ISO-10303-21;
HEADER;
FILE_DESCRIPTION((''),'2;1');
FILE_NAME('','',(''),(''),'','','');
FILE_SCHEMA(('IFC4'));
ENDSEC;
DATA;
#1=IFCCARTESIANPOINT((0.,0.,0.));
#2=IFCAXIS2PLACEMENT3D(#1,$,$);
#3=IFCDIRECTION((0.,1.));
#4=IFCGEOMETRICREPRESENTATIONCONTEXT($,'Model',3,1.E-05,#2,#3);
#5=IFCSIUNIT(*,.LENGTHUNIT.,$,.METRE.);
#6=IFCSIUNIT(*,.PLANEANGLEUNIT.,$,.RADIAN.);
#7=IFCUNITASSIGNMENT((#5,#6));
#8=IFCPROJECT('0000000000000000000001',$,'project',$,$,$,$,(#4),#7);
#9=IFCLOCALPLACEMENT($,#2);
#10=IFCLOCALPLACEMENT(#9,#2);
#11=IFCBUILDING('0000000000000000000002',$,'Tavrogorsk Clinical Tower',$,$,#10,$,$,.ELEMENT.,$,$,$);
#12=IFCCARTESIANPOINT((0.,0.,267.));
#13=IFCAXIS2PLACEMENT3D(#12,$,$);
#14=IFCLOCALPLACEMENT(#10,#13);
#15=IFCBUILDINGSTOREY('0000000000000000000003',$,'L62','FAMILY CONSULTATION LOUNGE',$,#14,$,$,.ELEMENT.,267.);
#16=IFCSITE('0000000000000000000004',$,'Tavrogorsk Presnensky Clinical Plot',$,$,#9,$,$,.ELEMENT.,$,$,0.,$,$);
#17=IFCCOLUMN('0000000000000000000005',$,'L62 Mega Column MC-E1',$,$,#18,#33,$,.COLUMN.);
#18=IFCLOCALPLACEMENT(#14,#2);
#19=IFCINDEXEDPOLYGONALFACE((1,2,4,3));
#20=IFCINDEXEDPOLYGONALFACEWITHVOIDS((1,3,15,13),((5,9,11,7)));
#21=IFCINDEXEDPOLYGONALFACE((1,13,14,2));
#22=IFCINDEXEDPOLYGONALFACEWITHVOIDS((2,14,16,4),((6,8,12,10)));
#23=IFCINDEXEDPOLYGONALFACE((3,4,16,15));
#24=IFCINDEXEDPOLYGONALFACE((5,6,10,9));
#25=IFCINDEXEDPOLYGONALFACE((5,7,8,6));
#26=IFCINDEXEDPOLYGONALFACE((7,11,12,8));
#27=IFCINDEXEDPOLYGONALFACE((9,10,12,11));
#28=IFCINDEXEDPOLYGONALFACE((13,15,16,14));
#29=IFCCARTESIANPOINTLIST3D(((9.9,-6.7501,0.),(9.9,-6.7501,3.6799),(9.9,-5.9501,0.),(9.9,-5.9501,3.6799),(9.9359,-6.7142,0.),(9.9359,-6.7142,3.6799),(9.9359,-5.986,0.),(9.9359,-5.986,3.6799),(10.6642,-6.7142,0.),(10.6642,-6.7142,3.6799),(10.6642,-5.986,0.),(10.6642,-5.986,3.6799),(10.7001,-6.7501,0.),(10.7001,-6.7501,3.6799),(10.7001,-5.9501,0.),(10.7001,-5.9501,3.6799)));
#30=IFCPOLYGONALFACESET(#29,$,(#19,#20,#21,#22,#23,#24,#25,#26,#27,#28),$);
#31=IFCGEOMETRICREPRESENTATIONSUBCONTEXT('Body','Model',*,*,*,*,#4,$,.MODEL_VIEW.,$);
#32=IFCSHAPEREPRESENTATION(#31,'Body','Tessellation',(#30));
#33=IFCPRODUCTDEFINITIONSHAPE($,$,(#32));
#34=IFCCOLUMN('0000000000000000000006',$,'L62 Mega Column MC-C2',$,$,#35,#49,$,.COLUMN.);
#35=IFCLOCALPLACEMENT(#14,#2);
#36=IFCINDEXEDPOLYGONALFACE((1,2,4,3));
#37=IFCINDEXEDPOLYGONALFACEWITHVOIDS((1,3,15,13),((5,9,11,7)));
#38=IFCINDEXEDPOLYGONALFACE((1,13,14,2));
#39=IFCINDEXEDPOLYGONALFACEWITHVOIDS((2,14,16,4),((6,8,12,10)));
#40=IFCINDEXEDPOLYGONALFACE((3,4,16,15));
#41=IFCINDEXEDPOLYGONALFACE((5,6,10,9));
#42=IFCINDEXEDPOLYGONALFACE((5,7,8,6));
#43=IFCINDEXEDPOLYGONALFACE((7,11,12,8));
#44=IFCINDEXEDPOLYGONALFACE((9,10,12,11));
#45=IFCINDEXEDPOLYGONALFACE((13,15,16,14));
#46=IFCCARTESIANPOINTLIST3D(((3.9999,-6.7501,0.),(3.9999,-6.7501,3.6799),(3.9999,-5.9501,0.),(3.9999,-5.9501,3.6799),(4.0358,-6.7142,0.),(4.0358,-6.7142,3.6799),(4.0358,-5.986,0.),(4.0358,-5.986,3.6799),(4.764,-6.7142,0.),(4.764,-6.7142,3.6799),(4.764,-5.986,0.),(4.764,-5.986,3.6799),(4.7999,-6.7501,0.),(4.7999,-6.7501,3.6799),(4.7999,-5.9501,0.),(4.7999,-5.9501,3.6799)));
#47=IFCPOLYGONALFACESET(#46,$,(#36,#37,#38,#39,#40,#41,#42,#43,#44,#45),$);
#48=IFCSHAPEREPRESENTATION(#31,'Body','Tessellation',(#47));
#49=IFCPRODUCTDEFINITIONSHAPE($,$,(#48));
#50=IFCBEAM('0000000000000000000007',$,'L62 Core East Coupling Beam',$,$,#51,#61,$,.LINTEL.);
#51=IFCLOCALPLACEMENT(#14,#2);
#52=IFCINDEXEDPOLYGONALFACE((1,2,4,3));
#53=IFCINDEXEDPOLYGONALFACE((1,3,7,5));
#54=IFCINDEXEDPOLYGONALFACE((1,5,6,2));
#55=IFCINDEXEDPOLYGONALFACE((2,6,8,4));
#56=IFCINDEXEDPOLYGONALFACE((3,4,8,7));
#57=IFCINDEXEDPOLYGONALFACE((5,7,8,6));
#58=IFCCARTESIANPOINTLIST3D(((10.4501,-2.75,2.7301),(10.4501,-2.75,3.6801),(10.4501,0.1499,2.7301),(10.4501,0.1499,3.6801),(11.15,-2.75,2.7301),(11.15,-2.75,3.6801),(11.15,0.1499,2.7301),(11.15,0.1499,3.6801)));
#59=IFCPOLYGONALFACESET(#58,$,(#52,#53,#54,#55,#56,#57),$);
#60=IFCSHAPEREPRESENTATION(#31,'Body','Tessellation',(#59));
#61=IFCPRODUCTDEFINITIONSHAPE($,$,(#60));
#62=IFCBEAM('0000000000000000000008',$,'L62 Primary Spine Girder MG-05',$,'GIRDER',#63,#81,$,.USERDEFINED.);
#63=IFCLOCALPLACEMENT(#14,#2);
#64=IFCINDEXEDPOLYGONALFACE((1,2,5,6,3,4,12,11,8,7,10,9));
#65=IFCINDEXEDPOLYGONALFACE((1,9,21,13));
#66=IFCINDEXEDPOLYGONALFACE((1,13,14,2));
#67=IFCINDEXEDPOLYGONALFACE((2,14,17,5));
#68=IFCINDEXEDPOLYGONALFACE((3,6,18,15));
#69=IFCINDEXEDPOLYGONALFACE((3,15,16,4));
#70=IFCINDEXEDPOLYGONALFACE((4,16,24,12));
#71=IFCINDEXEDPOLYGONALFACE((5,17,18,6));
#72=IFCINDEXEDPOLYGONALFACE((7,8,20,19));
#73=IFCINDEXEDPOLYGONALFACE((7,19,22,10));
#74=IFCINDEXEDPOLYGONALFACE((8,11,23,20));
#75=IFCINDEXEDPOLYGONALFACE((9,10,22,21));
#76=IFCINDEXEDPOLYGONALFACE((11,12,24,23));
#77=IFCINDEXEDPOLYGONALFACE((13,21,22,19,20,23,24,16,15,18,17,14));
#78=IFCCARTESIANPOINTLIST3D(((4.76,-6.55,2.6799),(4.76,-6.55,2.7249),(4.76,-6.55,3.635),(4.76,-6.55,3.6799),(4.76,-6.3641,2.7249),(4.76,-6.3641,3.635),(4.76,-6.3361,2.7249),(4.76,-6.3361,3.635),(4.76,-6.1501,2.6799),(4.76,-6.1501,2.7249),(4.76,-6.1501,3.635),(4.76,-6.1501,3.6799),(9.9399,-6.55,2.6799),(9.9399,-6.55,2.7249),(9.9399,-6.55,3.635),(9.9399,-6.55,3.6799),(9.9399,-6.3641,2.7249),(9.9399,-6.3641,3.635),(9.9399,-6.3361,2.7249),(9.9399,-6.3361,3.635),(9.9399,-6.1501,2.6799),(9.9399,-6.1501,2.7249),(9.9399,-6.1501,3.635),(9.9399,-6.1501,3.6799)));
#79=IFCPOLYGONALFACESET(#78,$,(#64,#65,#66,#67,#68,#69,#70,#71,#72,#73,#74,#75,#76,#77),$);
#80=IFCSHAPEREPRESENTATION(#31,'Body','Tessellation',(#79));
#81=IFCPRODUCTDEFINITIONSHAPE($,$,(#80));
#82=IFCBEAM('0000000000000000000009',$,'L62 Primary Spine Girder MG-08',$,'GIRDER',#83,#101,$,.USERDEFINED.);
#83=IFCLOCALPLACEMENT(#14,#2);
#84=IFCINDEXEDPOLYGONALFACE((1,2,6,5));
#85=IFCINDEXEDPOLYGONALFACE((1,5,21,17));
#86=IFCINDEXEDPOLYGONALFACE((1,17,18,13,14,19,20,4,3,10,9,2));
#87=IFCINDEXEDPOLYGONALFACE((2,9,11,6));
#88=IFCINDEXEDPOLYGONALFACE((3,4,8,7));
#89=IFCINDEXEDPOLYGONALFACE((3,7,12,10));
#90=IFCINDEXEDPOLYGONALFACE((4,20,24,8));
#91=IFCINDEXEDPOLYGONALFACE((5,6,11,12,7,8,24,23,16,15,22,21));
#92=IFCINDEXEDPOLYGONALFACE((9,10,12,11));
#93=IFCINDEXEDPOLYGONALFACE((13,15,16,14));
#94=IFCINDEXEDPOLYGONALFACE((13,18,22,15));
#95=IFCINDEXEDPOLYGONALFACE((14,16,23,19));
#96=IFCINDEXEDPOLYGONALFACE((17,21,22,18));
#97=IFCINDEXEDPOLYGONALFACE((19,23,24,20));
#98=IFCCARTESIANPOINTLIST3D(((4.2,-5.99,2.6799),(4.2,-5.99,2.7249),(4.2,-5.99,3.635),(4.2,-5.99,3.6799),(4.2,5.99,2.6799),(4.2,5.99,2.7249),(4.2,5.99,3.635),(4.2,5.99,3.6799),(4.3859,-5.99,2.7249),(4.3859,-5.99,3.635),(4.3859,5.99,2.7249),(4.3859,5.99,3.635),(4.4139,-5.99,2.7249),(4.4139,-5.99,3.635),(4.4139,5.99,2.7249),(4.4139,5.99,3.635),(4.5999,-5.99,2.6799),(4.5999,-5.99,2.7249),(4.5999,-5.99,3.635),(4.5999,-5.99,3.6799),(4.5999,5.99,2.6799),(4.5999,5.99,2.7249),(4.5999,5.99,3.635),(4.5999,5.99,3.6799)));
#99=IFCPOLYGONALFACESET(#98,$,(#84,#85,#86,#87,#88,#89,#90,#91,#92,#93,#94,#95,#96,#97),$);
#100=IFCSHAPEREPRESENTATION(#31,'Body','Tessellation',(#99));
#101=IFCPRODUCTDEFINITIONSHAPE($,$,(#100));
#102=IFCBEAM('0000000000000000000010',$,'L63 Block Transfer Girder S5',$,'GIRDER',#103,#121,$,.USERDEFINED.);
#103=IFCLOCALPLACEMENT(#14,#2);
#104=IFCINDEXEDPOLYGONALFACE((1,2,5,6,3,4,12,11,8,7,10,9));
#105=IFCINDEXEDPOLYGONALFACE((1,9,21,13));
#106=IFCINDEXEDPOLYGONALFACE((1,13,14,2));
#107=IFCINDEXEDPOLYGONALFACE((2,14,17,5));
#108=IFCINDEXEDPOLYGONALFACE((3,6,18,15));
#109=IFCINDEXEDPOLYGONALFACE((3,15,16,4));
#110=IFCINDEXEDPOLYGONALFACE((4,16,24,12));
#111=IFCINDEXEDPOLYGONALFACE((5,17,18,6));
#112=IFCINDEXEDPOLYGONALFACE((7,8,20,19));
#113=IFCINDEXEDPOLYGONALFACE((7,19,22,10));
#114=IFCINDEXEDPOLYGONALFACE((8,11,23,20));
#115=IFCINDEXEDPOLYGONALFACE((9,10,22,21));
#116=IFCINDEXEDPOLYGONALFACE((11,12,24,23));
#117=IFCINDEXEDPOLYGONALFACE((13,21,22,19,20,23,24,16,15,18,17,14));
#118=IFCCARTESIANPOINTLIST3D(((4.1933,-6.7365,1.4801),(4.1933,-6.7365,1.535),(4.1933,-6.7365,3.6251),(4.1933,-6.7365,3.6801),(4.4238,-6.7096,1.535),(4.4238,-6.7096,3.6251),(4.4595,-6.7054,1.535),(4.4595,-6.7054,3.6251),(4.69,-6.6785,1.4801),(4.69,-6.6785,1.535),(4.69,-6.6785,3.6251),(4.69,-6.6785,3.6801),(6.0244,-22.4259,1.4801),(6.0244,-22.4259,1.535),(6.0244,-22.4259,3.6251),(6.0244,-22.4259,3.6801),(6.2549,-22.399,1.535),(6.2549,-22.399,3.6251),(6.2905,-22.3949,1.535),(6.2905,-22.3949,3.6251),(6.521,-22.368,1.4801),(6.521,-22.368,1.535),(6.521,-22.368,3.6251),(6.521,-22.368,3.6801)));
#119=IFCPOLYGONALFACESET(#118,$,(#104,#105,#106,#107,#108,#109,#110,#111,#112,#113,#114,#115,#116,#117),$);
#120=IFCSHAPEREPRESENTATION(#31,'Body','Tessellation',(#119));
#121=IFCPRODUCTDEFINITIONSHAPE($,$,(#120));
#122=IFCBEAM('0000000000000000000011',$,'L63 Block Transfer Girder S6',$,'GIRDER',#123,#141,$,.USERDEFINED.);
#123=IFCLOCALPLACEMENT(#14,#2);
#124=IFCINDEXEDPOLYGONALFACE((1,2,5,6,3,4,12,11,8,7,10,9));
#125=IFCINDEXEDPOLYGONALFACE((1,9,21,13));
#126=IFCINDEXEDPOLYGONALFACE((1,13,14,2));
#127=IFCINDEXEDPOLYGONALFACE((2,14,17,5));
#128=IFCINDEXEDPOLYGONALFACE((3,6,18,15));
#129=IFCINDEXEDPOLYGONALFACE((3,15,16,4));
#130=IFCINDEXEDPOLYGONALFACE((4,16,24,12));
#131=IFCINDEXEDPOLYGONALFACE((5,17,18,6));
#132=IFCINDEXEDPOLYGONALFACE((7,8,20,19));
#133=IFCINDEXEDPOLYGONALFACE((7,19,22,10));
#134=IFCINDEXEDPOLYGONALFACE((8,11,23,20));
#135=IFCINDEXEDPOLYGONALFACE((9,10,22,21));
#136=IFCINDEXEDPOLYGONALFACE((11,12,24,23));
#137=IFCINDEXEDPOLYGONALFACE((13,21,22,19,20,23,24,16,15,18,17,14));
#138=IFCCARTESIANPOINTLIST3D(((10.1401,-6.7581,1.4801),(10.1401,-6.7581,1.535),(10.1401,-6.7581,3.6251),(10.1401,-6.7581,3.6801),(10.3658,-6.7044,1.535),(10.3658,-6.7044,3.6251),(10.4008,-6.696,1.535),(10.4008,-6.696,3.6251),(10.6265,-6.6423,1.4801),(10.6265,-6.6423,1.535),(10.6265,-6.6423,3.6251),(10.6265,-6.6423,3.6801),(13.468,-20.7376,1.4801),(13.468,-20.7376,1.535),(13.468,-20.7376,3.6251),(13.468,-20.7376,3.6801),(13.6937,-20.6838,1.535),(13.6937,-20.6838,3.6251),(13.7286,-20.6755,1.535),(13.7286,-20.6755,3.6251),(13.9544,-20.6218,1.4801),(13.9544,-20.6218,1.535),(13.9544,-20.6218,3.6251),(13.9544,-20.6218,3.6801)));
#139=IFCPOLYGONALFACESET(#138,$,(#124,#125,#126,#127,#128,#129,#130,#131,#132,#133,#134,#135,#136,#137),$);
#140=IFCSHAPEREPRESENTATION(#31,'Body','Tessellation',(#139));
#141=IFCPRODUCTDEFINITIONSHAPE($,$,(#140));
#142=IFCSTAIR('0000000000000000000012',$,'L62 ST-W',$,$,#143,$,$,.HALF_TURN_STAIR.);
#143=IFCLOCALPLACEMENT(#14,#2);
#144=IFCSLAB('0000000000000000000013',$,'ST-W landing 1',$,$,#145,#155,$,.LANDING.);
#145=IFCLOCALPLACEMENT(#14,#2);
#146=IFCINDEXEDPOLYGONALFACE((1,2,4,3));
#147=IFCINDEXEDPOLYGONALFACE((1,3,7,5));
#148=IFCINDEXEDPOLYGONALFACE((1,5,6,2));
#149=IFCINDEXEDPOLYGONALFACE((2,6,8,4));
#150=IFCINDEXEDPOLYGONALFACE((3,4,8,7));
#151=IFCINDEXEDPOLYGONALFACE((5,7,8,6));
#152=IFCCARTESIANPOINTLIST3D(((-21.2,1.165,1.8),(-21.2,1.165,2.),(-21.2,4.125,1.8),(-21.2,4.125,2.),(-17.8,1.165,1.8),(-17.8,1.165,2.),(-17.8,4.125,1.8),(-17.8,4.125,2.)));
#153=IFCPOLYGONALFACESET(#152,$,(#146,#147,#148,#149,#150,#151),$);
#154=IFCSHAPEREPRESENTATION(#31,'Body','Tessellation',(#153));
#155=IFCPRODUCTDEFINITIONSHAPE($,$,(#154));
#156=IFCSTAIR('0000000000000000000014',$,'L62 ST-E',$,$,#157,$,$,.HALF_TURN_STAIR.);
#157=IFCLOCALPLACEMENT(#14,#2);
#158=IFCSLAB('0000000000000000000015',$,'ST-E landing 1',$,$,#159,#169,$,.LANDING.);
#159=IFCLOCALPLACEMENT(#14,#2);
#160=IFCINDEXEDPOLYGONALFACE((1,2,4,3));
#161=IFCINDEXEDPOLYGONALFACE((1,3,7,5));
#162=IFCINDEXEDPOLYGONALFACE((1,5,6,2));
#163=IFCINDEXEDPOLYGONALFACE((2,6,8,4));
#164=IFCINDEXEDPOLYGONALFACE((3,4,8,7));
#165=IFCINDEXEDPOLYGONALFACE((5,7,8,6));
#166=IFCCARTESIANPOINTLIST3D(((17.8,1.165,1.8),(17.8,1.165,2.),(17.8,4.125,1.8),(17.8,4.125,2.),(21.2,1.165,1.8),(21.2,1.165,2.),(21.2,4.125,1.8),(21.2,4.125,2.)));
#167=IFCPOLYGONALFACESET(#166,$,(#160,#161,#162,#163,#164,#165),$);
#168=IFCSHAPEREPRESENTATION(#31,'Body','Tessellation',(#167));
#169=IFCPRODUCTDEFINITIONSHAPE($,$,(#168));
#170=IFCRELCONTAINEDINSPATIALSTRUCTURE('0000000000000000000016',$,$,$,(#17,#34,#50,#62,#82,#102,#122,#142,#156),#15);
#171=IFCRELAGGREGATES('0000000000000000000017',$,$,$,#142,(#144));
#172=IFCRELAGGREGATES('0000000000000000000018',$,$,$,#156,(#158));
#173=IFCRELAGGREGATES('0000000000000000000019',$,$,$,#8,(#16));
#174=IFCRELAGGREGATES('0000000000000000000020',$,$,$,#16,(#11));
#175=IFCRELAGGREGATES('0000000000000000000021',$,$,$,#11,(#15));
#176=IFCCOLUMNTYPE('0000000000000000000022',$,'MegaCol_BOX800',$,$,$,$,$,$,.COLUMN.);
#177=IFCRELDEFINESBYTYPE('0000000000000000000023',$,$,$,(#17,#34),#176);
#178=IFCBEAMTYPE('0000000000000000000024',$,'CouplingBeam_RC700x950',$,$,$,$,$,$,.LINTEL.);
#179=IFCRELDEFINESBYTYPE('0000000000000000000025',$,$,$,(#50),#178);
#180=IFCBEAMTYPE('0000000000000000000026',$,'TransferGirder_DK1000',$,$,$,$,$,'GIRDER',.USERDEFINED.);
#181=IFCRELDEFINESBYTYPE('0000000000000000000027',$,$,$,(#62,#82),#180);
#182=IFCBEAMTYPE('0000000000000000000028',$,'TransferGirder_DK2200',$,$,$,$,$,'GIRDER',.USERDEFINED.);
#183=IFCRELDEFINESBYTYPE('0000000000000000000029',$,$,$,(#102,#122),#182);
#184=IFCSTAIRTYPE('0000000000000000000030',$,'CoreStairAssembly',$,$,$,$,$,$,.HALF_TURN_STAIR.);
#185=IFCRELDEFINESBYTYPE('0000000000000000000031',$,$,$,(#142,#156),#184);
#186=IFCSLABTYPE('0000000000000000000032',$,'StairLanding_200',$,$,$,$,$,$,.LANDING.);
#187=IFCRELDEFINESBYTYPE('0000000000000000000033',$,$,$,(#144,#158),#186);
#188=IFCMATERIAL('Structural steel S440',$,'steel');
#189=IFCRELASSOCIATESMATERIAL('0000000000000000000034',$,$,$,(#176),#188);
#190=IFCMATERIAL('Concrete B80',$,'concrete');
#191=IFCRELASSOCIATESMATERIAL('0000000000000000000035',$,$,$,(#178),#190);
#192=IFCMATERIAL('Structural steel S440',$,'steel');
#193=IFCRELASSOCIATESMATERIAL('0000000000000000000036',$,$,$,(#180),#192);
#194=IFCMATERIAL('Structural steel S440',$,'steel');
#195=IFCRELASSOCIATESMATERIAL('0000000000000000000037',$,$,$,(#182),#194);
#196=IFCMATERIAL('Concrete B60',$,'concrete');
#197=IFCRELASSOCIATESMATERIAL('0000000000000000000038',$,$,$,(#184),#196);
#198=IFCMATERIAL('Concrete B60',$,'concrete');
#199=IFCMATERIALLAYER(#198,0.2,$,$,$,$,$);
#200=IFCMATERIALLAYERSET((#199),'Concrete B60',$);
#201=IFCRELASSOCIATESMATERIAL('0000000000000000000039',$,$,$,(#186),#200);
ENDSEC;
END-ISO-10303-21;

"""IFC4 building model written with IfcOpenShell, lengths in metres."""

from ifc_helpers import new_model, si_unit, direction, frame, origin, origin_2d, place, context, subcontext, project, spatial, polyline, rectangle, hollow_rectangle, i_section, outline, extrude, material, layer, layer_set, material_profile, profile_set, type_object, element, aggregate, save


model = new_model("IFC4")

# Units and contexts
model_context = context("Model", 3, precision=1e-05, world=origin(), true_north=direction((0.0, 1.0)))
body_context = subcontext(model_context, "Body", "Model", "MODEL_VIEW")
ifc_project = project(units=[si_unit("LENGTHUNIT", "METRE"), si_unit("PLANEANGLEUNIT", "RADIAN")], contexts=[model_context])

# Site, building, storey
site_placement = place(None, origin())
site = spatial("IfcSite", under=ifc_project, at=site_placement, Name="Tavrogorsk Presnensky Clinical Plot", CompositionType="ELEMENT", RefElevation=0.0)
building_placement = place(site_placement, origin())
building = spatial("IfcBuilding", under=site, at=building_placement, Name="Tavrogorsk Clinical Tower", CompositionType="ELEMENT")
storey_placement = place(building_placement, frame((0.0, 0.0, 267.0)))
storey = spatial("IfcBuildingStorey", under=building, at=storey_placement, Name="L62", Description="FAMILY CONSULTATION LOUNGE", CompositionType="ELEMENT", Elevation=267.0)

# Columns
ifc_material_1 = material(Name="Structural steel S440", Category="steel")
ifc_material_profile_1 = material_profile(ifc_material_1, hollow_rectangle(XDim=0.8, YDim=0.8, WallThickness=0.0359, at=origin_2d()), Name="BOX-800x800x36")
ifc_profile_set_1 = profile_set([ifc_material_profile_1], Name="Structural steel S440")
column_type = type_object("IfcColumnType", Name="MegaCol_BOX800", PredefinedType="COLUMN", material=ifc_profile_set_1)
for number, where, z_axis, x_axis, name in (
    (1, (10.3, -6.3501, 0.0), (0.0, 0.0, 1.0), (1.0, 0.0, 0.0), "L62 Mega Column MC-E1"),
    (2, (4.3999, -6.3501, 0.0), (0.0, 0.0, 1.0), (1.0, 0.0, 0.0), "L62 Mega Column MC-C2"),
):
    element("IfcColumn", number, at=place(storey_placement, frame(where, z_axis=z_axis, x_axis=x_axis)), inside=storey, type_object=column_type, Name=name, PredefinedType="COLUMN", context=body_context, shape_type="SweptSolid", body=[
        extrude(hollow_rectangle(XDim=0.8, YDim=0.8, WallThickness=0.0359, at=origin_2d()), origin(), (0.0, 0.0, 1.0), 3.6799),
    ])

# Beams
ifc_material_2 = material(Name="Concrete B80", Category="concrete")
ifc_material_profile_2 = material_profile(ifc_material_2, rectangle(XDim=0.7, YDim=0.95, at=origin_2d()), Name="RC-CB-700x950")
ifc_profile_set_2 = profile_set([ifc_material_profile_2], Name="Concrete B80")
beam_type_1 = type_object("IfcBeamType", Name="CouplingBeam_RC700x950", PredefinedType="LINTEL", material=ifc_profile_set_2)
beam_1_placement = place(storey_placement, frame((10.8, -2.75, 3.2051), z_axis=(0.0, 1.0, 0.0), x_axis=(-1.0, 0.0, 0.0)))
element("IfcBeam", 3, at=beam_1_placement, inside=storey, type_object=beam_type_1, Name="L62 Core East Coupling Beam", PredefinedType="LINTEL", context=body_context, shape_type="SweptSolid", body=[
    extrude(rectangle(XDim=0.7, YDim=0.95, at=origin_2d()), origin(), (0.0, 0.0, 1.0), 2.8999),
])
ifc_material_3 = material(Name="Structural steel S440", Category="steel")
ifc_material_profile_3 = material_profile(ifc_material_3, i_section(OverallWidth=0.3999, OverallDepth=1.0, WebThickness=0.0281, FlangeThickness=0.0449, at=origin_2d()), Name="DK-1000x400x28x45")
ifc_profile_set_3 = profile_set([ifc_material_profile_3], Name="Structural steel S440")
beam_type_2 = type_object("IfcBeamType", Name="TransferGirder_DK1000", ElementType="GIRDER", PredefinedType="USERDEFINED", material=ifc_profile_set_3)
beam_2_placement = place(storey_placement, frame((4.76, -6.3501, 3.1799), z_axis=(1.0, 0.0, 0.0), x_axis=(0.0, 1.0, 0.0)))
element("IfcBeam", 4, at=beam_2_placement, inside=storey, type_object=beam_type_2, Name="L62 Primary Spine Girder MG-05", ObjectType="GIRDER", PredefinedType="USERDEFINED", context=body_context, shape_type="SweptSolid", body=[
    extrude(i_section(OverallWidth=0.3999, OverallDepth=1.0, WebThickness=0.0281, FlangeThickness=0.0449, at=origin_2d()), origin(), (0.0, 0.0, 1.0), 5.1799),
])
beam_3_placement = place(storey_placement, frame((4.3999, -5.99, 3.1799), z_axis=(0.0, 1.0, 0.0), x_axis=(-1.0, 0.0, 0.0)))
element("IfcBeam", 5, at=beam_3_placement, inside=storey, type_object=beam_type_2, Name="L62 Primary Spine Girder MG-08", ObjectType="GIRDER", PredefinedType="USERDEFINED", context=body_context, shape_type="SweptSolid", body=[
    extrude(i_section(OverallWidth=0.3999, OverallDepth=1.0, WebThickness=0.0281, FlangeThickness=0.0449, at=origin_2d()), origin(), (0.0, 0.0, 1.0), 11.98),
])
ifc_material_4 = material(Name="Structural steel S440", Category="steel")
ifc_material_profile_4 = material_profile(ifc_material_4, i_section(OverallWidth=0.5, OverallDepth=2.2, WebThickness=0.0359, FlangeThickness=0.0549, at=origin_2d()), Name="DK-2200x500x36x55")
ifc_profile_set_4 = profile_set([ifc_material_profile_4], Name="Structural steel S440")
beam_type_3 = type_object("IfcBeamType", Name="TransferGirder_DK2200", ElementType="GIRDER", PredefinedType="USERDEFINED", material=ifc_profile_set_4)
beam_4_placement = place(storey_placement, frame((4.4417, -6.7075, 2.5801), z_axis=(0.115919, -0.993259, 0.0), x_axis=(0.993259, 0.115919, 0.0)))
element("IfcBeam", 6, at=beam_4_placement, inside=storey, type_object=beam_type_3, Name="L63 Block Transfer Girder S5", ObjectType="GIRDER", PredefinedType="USERDEFINED", context=body_context, shape_type="SweptSolid", body=[
    extrude(i_section(OverallWidth=0.5, OverallDepth=2.2, WebThickness=0.0359, FlangeThickness=0.0549, at=origin_2d()), origin(), (0.0, 0.0, 1.0), 15.7959),
])
beam_5_placement = place(storey_placement, frame((10.3833, -6.7002, 2.5801), z_axis=(0.231583, -0.972815, 0.0), x_axis=(0.972815, 0.231583, 0.0)))
element("IfcBeam", 7, at=beam_5_placement, inside=storey, type_object=beam_type_3, Name="L63 Block Transfer Girder S6", ObjectType="GIRDER", PredefinedType="USERDEFINED", context=body_context, shape_type="SweptSolid", body=[
    extrude(i_section(OverallWidth=0.5, OverallDepth=2.2, WebThickness=0.0359, FlangeThickness=0.0549, at=origin_2d()), origin(), (0.0, 0.0, 1.0), 14.3701),
])

# Stairs, slabs
ifc_material_5 = material(Name="Concrete B60", Category="concrete")
stair_type = type_object("IfcStairType", Name="CoreStairAssembly", PredefinedType="HALF_TURN_STAIR", material=ifc_material_5)
stair_1_placement = place(storey_placement, origin())
stair_1 = element("IfcStair", 8, at=stair_1_placement, inside=storey, type_object=stair_type, Name="L62 ST-W", PredefinedType="HALF_TURN_STAIR")
ifc_material_6 = material(Name="Concrete B60", Category="concrete")
ifc_layer_1 = layer(ifc_material_6, 0.2)
ifc_layer_set_1 = layer_set([ifc_layer_1], Name="Concrete B60")
slab_type_1 = type_object("IfcSlabType", Name="StairLanding_200", PredefinedType="LANDING", material=ifc_layer_set_1)
slab_1_placement = place(storey_placement, frame((0.0, 0.0, 1.8)))
slab_1 = element("IfcSlab", 9, at=slab_1_placement, type_object=slab_type_1, Name="ST-W landing 1", PredefinedType="LANDING", context=body_context, shape_type="SweptSolid", body=[
    extrude(outline(polyline([(-17.8, 1.165), (-17.8, 4.125), (-21.2, 4.125), (-21.2, 1.165), (-17.8, 1.165)])), origin(), (0.0, 0.0, 1.0), 0.2),
])
aggregate(stair_1, [slab_1])
stair_2_placement = place(storey_placement, origin())
stair_2 = element("IfcStair", 10, at=stair_2_placement, inside=storey, type_object=stair_type, Name="L62 ST-E", PredefinedType="HALF_TURN_STAIR")
slab_2_placement = place(storey_placement, frame((0.0, 0.0, 1.8)))
slab_2 = element("IfcSlab", 11, at=slab_2_placement, type_object=slab_type_1, Name="ST-E landing 1", PredefinedType="LANDING", context=body_context, shape_type="SweptSolid", body=[
    extrude(outline(polyline([(21.2, 1.165), (21.2, 4.125), (17.8, 4.125), (17.8, 1.165), (21.2, 1.165)])), origin(), (0.0, 0.0, 1.0), 0.2),
])
aggregate(stair_2, [slab_2])

save(model, "model.ifc")
